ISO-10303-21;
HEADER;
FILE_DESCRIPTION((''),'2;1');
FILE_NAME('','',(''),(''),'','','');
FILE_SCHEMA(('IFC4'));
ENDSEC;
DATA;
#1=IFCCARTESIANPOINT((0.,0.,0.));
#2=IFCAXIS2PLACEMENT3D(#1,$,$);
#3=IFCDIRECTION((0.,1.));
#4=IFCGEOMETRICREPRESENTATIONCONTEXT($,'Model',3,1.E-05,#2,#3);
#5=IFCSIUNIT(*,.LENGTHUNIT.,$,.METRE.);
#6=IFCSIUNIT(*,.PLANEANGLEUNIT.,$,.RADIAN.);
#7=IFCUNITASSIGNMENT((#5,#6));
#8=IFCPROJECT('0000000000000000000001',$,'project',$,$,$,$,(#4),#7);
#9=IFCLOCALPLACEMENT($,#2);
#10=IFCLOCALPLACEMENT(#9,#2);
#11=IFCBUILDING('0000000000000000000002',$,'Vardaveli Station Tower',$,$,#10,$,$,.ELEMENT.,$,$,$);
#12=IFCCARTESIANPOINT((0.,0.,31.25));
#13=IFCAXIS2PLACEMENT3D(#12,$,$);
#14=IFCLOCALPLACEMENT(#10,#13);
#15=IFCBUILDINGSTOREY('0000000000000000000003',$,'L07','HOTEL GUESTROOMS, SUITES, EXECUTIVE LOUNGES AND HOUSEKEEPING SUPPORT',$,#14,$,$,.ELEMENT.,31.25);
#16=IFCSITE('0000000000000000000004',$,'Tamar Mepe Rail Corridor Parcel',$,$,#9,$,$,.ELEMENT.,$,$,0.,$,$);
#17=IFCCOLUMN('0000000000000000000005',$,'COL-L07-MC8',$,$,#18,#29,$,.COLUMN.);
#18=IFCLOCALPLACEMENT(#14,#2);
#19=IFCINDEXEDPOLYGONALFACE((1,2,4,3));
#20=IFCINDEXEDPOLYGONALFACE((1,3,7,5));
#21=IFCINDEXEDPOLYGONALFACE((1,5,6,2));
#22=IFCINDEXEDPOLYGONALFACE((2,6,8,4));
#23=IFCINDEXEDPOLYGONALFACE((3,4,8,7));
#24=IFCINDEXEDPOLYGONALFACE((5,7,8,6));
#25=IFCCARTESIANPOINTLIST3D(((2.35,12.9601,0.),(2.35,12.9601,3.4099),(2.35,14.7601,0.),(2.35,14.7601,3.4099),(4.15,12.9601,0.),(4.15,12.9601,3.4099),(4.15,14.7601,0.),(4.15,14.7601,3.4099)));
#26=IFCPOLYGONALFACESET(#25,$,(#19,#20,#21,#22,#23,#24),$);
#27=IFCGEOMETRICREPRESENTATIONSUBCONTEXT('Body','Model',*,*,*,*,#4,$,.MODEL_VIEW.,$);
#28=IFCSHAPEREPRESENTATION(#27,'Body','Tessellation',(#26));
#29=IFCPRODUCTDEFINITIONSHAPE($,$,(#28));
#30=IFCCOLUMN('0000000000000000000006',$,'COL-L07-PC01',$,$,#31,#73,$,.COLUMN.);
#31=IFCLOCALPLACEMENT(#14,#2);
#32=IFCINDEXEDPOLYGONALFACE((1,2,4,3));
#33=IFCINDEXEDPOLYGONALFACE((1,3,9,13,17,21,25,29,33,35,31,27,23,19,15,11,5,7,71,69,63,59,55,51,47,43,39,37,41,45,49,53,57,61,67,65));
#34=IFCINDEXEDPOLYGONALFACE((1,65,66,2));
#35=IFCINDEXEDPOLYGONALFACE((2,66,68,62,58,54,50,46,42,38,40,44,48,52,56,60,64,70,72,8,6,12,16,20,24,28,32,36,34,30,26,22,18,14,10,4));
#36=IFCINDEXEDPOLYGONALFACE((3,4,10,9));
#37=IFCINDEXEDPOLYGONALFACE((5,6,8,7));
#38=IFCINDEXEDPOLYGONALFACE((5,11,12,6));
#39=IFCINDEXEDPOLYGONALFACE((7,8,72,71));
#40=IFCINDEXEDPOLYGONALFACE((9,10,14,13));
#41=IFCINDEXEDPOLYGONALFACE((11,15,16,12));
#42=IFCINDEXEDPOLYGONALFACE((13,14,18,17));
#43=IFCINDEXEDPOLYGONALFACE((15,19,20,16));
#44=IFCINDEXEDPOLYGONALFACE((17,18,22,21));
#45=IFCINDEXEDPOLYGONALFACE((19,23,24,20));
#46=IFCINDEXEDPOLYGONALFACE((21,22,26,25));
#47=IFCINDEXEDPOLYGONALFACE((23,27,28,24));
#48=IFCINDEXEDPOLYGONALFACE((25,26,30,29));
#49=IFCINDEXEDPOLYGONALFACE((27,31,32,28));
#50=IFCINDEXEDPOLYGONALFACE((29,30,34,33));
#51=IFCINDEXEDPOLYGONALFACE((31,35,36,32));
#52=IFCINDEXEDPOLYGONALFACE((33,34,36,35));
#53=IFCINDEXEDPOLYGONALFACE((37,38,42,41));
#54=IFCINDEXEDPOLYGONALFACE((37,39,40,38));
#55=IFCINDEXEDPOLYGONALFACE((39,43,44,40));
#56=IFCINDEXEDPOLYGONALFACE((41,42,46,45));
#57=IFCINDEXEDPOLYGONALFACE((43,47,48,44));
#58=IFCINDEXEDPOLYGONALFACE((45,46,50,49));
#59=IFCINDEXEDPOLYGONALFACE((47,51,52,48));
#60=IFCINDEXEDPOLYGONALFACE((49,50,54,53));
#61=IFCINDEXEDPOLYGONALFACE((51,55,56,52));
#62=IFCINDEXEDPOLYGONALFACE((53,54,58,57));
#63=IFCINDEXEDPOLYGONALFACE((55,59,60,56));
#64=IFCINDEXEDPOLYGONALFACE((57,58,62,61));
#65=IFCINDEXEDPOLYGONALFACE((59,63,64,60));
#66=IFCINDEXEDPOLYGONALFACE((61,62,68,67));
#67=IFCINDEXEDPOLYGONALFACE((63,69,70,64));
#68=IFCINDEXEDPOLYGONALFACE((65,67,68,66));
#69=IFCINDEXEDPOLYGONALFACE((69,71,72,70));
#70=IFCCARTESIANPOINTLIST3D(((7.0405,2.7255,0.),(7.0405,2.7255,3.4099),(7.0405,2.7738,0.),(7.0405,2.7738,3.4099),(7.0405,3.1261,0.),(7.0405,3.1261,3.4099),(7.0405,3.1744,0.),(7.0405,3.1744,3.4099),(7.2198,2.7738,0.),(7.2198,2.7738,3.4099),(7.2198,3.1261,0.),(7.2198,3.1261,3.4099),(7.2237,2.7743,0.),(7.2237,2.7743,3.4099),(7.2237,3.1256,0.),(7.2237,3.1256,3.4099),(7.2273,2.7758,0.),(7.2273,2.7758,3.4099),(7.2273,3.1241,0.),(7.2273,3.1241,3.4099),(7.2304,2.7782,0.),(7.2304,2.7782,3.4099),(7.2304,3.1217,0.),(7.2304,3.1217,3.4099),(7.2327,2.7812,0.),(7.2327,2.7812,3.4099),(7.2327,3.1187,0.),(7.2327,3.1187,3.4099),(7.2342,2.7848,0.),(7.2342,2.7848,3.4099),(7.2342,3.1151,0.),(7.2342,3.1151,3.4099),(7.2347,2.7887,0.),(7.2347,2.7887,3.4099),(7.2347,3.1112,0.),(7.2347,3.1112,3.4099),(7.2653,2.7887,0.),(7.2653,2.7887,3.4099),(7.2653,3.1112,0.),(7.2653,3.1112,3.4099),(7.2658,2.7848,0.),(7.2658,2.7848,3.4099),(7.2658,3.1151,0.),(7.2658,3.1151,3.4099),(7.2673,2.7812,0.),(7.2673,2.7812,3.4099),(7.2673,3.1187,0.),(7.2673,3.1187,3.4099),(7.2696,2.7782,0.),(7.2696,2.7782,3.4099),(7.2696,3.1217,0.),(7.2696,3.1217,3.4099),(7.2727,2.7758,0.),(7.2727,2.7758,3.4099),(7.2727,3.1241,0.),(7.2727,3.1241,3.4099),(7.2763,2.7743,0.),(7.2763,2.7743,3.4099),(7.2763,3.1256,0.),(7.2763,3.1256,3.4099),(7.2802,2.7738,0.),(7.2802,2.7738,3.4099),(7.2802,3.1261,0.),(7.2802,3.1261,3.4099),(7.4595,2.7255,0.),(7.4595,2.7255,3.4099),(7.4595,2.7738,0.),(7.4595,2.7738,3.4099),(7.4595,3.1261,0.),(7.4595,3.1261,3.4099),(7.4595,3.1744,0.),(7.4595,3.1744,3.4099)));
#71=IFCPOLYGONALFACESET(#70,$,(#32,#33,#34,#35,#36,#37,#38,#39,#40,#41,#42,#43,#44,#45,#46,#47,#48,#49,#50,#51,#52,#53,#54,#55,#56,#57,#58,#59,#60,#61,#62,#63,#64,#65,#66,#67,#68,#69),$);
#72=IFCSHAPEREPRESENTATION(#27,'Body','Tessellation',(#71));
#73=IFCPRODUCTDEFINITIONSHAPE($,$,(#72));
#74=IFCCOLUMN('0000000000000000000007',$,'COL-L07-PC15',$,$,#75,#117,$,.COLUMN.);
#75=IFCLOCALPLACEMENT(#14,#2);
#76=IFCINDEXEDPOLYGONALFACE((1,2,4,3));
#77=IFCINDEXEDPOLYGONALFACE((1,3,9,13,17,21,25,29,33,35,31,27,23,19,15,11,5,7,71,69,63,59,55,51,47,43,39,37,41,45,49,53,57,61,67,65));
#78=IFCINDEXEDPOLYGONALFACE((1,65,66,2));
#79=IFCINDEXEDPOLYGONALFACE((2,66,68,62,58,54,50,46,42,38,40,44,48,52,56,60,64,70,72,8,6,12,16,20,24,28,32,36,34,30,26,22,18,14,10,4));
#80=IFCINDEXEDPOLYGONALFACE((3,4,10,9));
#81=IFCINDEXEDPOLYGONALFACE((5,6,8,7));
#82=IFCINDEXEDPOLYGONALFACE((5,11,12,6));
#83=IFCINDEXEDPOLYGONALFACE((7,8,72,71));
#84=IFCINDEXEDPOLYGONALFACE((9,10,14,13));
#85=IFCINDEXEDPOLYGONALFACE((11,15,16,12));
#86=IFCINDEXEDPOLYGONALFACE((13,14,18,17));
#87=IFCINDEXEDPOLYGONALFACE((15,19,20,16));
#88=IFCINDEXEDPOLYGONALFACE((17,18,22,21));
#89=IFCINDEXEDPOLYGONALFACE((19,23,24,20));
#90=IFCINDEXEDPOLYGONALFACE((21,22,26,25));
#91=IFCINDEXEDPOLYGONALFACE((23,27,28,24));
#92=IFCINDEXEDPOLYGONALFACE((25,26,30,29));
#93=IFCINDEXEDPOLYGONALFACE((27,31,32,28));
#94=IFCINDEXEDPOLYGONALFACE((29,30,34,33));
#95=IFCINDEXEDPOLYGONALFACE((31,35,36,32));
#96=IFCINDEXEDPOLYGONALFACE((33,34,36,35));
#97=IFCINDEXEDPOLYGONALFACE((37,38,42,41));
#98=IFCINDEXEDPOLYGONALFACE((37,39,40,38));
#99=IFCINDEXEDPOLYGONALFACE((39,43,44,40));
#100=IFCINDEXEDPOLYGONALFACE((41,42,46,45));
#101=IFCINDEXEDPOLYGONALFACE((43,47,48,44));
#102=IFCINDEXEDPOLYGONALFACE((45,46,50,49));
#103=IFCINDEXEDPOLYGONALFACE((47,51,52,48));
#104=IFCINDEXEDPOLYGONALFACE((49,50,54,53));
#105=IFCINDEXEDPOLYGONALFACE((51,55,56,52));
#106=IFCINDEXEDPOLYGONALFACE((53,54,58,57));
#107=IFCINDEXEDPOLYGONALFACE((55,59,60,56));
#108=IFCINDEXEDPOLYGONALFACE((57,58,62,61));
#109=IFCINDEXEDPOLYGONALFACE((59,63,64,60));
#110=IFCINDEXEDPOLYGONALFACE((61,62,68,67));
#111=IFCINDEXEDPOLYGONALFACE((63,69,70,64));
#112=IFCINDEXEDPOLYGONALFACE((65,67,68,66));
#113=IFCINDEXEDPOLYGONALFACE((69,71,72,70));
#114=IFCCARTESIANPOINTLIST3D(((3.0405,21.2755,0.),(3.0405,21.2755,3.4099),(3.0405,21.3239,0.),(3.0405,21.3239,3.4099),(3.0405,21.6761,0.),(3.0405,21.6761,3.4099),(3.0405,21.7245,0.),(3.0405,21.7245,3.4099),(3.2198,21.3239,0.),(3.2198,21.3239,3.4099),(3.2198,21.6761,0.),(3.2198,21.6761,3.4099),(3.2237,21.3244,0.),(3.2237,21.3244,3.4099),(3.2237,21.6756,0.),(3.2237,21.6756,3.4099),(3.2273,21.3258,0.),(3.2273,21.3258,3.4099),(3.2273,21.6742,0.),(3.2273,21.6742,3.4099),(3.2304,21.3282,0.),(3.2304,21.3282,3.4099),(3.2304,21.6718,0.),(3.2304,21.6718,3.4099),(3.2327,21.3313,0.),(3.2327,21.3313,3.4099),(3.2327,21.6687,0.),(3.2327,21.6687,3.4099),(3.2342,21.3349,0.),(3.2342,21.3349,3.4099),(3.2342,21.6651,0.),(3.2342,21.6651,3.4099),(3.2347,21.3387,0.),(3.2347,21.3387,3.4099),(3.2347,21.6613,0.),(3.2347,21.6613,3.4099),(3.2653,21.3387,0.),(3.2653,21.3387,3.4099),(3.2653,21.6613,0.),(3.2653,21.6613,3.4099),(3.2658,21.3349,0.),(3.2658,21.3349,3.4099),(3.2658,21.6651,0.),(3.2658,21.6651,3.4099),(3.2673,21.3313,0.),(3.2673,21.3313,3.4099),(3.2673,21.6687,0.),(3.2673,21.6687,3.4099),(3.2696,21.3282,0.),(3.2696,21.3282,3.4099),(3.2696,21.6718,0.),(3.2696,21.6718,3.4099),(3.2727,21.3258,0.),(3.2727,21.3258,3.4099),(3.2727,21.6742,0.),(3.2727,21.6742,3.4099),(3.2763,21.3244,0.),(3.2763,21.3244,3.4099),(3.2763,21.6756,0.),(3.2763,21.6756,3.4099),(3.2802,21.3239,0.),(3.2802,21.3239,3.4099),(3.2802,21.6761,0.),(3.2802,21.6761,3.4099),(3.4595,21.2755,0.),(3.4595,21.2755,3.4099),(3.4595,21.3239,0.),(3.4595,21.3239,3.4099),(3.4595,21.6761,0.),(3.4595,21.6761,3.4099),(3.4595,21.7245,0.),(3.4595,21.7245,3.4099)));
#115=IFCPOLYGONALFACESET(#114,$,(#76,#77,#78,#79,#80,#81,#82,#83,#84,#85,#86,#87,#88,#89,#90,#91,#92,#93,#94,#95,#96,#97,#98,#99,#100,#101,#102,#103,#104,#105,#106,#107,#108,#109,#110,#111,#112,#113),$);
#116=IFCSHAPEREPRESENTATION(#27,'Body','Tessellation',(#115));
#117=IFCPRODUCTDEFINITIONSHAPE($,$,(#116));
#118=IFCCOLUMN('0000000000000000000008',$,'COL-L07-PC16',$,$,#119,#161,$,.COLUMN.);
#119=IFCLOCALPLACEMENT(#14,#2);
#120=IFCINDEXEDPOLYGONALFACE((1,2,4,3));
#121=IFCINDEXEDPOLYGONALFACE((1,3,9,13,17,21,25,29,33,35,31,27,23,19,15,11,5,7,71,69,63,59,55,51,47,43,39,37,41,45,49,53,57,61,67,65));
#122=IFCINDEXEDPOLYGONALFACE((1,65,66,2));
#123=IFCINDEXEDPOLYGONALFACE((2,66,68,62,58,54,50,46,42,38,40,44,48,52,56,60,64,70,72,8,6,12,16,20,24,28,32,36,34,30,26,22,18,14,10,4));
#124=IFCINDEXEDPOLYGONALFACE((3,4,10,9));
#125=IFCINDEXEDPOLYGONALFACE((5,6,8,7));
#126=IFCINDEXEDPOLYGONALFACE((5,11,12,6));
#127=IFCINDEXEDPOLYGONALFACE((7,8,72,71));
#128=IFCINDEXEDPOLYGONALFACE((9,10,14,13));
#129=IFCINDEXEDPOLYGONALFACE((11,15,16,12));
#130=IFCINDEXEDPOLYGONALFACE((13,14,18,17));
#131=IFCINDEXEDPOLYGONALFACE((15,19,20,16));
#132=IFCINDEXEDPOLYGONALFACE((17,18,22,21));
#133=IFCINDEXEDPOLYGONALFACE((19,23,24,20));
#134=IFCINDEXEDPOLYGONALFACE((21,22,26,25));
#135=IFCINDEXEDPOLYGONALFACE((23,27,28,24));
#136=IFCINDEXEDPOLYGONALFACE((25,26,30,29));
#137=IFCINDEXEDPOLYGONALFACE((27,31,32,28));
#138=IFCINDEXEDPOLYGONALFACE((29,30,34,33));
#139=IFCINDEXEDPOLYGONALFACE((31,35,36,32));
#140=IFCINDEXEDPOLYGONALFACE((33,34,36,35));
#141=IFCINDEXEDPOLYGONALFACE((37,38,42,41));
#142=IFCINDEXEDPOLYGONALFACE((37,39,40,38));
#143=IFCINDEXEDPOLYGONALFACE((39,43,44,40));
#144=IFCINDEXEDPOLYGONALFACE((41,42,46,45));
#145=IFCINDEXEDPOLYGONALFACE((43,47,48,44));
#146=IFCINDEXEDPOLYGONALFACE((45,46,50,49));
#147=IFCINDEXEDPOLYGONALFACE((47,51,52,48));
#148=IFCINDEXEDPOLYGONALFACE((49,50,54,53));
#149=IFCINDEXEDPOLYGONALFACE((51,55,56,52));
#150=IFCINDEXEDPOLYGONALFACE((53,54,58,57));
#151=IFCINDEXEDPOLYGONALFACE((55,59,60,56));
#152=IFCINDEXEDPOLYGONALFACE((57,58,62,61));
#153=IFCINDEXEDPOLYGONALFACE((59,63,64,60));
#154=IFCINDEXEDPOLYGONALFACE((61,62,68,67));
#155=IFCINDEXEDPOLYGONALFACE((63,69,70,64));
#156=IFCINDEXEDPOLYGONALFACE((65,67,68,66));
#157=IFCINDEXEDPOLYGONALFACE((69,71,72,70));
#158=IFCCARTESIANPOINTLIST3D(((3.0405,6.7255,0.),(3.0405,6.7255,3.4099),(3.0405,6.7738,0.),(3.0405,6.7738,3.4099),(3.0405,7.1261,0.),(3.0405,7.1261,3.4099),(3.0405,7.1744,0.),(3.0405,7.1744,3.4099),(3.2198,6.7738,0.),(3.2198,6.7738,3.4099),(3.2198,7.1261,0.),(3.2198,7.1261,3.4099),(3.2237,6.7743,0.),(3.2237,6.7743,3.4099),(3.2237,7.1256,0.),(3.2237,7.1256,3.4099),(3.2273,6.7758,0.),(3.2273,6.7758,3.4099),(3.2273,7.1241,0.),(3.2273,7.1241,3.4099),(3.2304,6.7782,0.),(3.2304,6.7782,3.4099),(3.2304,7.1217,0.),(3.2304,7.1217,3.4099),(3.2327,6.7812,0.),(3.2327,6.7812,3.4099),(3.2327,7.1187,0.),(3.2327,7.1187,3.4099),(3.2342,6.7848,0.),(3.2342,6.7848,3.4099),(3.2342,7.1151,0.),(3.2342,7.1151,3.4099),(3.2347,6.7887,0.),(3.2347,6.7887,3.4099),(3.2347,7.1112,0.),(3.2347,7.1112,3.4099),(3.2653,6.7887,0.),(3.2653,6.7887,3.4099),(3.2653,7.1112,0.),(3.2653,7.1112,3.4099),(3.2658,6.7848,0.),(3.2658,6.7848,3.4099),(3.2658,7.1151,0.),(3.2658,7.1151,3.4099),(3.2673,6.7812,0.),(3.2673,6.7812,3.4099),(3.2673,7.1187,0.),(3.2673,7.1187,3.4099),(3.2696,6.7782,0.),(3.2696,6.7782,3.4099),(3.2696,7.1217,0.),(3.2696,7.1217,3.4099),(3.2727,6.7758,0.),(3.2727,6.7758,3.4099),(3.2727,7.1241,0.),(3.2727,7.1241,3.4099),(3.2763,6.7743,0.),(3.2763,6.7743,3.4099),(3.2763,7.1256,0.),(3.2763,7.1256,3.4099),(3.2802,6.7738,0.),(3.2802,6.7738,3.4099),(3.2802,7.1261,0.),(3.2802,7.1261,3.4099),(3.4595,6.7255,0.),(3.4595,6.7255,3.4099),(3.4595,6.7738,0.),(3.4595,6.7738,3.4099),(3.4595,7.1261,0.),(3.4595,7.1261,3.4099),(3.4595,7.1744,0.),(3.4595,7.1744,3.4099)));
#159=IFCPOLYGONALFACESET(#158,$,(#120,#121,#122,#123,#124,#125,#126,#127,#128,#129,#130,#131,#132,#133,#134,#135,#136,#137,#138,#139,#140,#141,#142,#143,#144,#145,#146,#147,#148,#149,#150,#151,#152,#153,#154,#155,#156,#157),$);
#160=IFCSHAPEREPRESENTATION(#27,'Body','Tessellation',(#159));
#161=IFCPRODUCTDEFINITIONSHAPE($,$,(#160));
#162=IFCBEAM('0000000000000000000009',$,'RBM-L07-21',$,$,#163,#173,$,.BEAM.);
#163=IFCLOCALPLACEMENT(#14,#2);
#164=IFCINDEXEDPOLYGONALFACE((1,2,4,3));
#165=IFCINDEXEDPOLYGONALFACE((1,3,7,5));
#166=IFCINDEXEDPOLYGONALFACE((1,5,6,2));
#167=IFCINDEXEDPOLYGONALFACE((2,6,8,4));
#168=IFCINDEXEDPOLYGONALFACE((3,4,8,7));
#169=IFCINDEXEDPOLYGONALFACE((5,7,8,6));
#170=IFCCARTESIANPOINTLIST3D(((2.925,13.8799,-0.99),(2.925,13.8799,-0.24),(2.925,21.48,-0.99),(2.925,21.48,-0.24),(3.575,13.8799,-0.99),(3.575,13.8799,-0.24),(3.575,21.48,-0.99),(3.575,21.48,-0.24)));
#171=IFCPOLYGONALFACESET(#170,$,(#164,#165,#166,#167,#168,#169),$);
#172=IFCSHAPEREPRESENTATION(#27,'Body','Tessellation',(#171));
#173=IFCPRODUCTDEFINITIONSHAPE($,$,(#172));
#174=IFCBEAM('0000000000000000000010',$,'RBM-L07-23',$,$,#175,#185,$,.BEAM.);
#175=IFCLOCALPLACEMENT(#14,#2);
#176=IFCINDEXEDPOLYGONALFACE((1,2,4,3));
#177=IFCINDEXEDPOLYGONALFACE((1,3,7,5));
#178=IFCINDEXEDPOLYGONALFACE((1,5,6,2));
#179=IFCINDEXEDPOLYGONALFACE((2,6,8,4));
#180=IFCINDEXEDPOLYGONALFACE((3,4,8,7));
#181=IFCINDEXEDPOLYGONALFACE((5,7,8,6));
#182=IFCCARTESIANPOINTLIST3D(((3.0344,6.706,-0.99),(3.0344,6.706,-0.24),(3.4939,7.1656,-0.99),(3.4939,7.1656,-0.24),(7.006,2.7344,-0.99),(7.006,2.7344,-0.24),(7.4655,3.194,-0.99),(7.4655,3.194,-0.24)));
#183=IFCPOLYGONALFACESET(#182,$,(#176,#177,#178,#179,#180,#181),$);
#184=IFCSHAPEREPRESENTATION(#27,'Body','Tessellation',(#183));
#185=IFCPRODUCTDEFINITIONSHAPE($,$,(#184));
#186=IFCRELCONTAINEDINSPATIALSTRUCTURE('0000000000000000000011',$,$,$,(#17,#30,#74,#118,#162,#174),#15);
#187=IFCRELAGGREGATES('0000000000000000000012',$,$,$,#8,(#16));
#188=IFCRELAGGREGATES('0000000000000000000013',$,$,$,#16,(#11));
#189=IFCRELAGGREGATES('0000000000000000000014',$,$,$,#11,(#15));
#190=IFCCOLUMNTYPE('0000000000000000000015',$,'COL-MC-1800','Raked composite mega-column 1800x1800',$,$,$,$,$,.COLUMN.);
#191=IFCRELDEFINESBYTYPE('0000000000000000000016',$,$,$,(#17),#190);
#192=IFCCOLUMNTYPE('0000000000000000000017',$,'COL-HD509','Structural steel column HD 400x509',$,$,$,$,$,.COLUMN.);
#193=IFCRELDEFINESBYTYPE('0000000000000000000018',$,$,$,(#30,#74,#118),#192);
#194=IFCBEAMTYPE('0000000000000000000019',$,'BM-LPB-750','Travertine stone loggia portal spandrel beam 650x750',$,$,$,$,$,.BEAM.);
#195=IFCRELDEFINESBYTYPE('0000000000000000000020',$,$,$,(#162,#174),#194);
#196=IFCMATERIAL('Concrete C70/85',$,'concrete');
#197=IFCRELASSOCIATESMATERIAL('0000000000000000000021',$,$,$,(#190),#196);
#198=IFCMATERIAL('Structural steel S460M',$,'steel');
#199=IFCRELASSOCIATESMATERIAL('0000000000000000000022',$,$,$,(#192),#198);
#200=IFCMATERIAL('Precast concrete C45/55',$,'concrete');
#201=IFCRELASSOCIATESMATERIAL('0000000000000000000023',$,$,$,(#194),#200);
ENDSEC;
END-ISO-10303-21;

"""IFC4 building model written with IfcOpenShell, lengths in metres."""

from ifc_helpers import new_model, si_unit, direction, frame, origin, origin_2d, place, context, subcontext, project, spatial, rectangle, i_section, extrude, source, transform, mapped, material, material_profile, profile_set, type_object, element, save


model = new_model("IFC4")

# Units and contexts
model_context = context("Model", 3, precision=1e-05, world=origin(), true_north=direction((0.0, 1.0)))
body_context = subcontext(model_context, "Body", "Model", "MODEL_VIEW")
ifc_project = project(units=[si_unit("LENGTHUNIT", "METRE"), si_unit("PLANEANGLEUNIT", "RADIAN")], contexts=[model_context])

# Site, building, storey
site_placement = place(None, origin())
site = spatial("IfcSite", under=ifc_project, at=site_placement, Name="Tamar Mepe Rail Corridor Parcel", CompositionType="ELEMENT", RefElevation=0.0)
building_placement = place(site_placement, origin())
building = spatial("IfcBuilding", under=site, at=building_placement, Name="Vardaveli Station Tower", CompositionType="ELEMENT")
storey_placement = place(building_placement, frame((0.0, 0.0, 31.25)))
storey = spatial("IfcBuildingStorey", under=building, at=storey_placement, Name="L07", Description="HOTEL GUESTROOMS, SUITES, EXECUTIVE LOUNGES AND HOUSEKEEPING SUPPORT", CompositionType="ELEMENT", Elevation=31.25)

# Columns
ifc_material_1 = material(Name="Concrete C70/85", Category="concrete")
ifc_material_profile_1 = material_profile(ifc_material_1, rectangle(XDim=1.8, YDim=1.8, at=origin_2d()), Name="MC 1800x1800")
ifc_profile_set_1 = profile_set([ifc_material_profile_1], Name="Concrete C70/85")
column_type_1 = type_object("IfcColumnType", Name="COL-MC-1800", Description="Raked composite mega-column 1800x1800", PredefinedType="COLUMN", material=ifc_profile_set_1)
shared_shape_1 = source(origin(), body_context, "Body", "SweptSolid", [
    extrude(rectangle(XDim=1.8, YDim=1.8, at=origin_2d()), origin(), (0.0, 0.0, 1.0), 3.4099),
])
column_placement = place(storey_placement, frame((3.25, 13.8601, 0.0), z_axis=(0.0, 0.0, 1.0), x_axis=(1.0, 0.0, 0.0)))
element("IfcColumn", 1, at=column_placement, inside=storey, type_object=column_type_1, Name="COL-L07-MC8", PredefinedType="COLUMN", context=body_context, shape_type="MappedRepresentation", body=[
    mapped(shared_shape_1, transform((0.0, 0.0, 0.0), scale=1.0)),
])
ifc_material_2 = material(Name="Structural steel S460M", Category="steel")
ifc_material_profile_2 = material_profile(ifc_material_2, i_section(OverallWidth=0.4189, OverallDepth=0.449, WebThickness=0.0305, FlangeThickness=0.0483, FilletRadius=0.0149, at=origin_2d()), Name="HD 400x509")
ifc_profile_set_2 = profile_set([ifc_material_profile_2], Name="Structural steel S460M")
column_type_2 = type_object("IfcColumnType", Name="COL-HD509", Description="Structural steel column HD 400x509", PredefinedType="COLUMN", material=ifc_profile_set_2)
shared_shape_2 = source(origin(), body_context, "Body", "SweptSolid", [
    extrude(i_section(OverallWidth=0.4189, OverallDepth=0.449, WebThickness=0.0305, FlangeThickness=0.0483, FilletRadius=0.0149, at=origin_2d()), origin(), (0.0, 0.0, 1.0), 3.4099),
])
for number, where, z_axis, x_axis, name in (
    (2, (7.25, 2.95, 0.0), (0.0, 0.0, 1.0), (1.0, 0.0, 0.0), "COL-L07-PC01"),
    (3, (3.25, 21.5, 0.0), (0.0, 0.0, 1.0), (1.0, 0.0, 0.0), "COL-L07-PC15"),
    (4, (3.25, 6.95, 0.0), (0.0, 0.0, 1.0), (1.0, 0.0, 0.0), "COL-L07-PC16"),
):
    element("IfcColumn", number, at=place(storey_placement, frame(where, z_axis=z_axis, x_axis=x_axis)), inside=storey, type_object=column_type_2, Name=name, PredefinedType="COLUMN", context=body_context, shape_type="MappedRepresentation", body=[
        mapped(shared_shape_2, transform((0.0, 0.0, 0.0), scale=1.0)),
    ])

# Beams
ifc_material_3 = material(Name="Precast concrete C45/55", Category="concrete")
ifc_material_profile_3 = material_profile(ifc_material_3, rectangle(XDim=0.6499, YDim=0.75, at=origin_2d()), Name="LPB 650x750")
ifc_profile_set_3 = profile_set([ifc_material_profile_3], Name="Precast concrete C45/55")
beam_type_1 = type_object("IfcBeamType", Name="BM-LPB-750", Description="Travertine stone loggia portal spandrel beam 650x750", PredefinedType="BEAM", material=ifc_profile_set_3)
shared_shape_3 = source(origin(), body_context, "Body", "SweptSolid", [
    extrude(rectangle(XDim=0.6499, YDim=0.75, at=origin_2d()), origin(), (0.0, 0.0, 1.0), 7.6001),
])
beam_1_placement = place(storey_placement, frame((3.25, 21.48, -0.615), z_axis=(0.0, -1.0, 0.0), x_axis=(1.0, 0.0, 0.0)))
element("IfcBeam", 5, at=beam_1_placement, inside=storey, type_object=beam_type_1, Name="RBM-L07-21", PredefinedType="BEAM", context=body_context, shape_type="MappedRepresentation", body=[
    mapped(shared_shape_3, transform((0.0, 0.0, 0.0), scale=1.0)),
])
shared_shape_4 = source(origin(), body_context, "Body", "SweptSolid", [
    extrude(rectangle(XDim=0.6499, YDim=0.75, at=origin_2d()), origin(), (0.0, 0.0, 1.0), 5.6167),
])
beam_2_placement = place(storey_placement, frame((3.2642, 6.9358, -0.615), z_axis=(0.707107, -0.707107, 0.0), x_axis=(0.707107, 0.707107, 0.0)))
element("IfcBeam", 6, at=beam_2_placement, inside=storey, type_object=beam_type_1, Name="RBM-L07-23", PredefinedType="BEAM", context=body_context, shape_type="MappedRepresentation", body=[
    mapped(shared_shape_4, transform((0.0, 0.0, 0.0), scale=1.0)),
])

save(model, "model.ifc")
